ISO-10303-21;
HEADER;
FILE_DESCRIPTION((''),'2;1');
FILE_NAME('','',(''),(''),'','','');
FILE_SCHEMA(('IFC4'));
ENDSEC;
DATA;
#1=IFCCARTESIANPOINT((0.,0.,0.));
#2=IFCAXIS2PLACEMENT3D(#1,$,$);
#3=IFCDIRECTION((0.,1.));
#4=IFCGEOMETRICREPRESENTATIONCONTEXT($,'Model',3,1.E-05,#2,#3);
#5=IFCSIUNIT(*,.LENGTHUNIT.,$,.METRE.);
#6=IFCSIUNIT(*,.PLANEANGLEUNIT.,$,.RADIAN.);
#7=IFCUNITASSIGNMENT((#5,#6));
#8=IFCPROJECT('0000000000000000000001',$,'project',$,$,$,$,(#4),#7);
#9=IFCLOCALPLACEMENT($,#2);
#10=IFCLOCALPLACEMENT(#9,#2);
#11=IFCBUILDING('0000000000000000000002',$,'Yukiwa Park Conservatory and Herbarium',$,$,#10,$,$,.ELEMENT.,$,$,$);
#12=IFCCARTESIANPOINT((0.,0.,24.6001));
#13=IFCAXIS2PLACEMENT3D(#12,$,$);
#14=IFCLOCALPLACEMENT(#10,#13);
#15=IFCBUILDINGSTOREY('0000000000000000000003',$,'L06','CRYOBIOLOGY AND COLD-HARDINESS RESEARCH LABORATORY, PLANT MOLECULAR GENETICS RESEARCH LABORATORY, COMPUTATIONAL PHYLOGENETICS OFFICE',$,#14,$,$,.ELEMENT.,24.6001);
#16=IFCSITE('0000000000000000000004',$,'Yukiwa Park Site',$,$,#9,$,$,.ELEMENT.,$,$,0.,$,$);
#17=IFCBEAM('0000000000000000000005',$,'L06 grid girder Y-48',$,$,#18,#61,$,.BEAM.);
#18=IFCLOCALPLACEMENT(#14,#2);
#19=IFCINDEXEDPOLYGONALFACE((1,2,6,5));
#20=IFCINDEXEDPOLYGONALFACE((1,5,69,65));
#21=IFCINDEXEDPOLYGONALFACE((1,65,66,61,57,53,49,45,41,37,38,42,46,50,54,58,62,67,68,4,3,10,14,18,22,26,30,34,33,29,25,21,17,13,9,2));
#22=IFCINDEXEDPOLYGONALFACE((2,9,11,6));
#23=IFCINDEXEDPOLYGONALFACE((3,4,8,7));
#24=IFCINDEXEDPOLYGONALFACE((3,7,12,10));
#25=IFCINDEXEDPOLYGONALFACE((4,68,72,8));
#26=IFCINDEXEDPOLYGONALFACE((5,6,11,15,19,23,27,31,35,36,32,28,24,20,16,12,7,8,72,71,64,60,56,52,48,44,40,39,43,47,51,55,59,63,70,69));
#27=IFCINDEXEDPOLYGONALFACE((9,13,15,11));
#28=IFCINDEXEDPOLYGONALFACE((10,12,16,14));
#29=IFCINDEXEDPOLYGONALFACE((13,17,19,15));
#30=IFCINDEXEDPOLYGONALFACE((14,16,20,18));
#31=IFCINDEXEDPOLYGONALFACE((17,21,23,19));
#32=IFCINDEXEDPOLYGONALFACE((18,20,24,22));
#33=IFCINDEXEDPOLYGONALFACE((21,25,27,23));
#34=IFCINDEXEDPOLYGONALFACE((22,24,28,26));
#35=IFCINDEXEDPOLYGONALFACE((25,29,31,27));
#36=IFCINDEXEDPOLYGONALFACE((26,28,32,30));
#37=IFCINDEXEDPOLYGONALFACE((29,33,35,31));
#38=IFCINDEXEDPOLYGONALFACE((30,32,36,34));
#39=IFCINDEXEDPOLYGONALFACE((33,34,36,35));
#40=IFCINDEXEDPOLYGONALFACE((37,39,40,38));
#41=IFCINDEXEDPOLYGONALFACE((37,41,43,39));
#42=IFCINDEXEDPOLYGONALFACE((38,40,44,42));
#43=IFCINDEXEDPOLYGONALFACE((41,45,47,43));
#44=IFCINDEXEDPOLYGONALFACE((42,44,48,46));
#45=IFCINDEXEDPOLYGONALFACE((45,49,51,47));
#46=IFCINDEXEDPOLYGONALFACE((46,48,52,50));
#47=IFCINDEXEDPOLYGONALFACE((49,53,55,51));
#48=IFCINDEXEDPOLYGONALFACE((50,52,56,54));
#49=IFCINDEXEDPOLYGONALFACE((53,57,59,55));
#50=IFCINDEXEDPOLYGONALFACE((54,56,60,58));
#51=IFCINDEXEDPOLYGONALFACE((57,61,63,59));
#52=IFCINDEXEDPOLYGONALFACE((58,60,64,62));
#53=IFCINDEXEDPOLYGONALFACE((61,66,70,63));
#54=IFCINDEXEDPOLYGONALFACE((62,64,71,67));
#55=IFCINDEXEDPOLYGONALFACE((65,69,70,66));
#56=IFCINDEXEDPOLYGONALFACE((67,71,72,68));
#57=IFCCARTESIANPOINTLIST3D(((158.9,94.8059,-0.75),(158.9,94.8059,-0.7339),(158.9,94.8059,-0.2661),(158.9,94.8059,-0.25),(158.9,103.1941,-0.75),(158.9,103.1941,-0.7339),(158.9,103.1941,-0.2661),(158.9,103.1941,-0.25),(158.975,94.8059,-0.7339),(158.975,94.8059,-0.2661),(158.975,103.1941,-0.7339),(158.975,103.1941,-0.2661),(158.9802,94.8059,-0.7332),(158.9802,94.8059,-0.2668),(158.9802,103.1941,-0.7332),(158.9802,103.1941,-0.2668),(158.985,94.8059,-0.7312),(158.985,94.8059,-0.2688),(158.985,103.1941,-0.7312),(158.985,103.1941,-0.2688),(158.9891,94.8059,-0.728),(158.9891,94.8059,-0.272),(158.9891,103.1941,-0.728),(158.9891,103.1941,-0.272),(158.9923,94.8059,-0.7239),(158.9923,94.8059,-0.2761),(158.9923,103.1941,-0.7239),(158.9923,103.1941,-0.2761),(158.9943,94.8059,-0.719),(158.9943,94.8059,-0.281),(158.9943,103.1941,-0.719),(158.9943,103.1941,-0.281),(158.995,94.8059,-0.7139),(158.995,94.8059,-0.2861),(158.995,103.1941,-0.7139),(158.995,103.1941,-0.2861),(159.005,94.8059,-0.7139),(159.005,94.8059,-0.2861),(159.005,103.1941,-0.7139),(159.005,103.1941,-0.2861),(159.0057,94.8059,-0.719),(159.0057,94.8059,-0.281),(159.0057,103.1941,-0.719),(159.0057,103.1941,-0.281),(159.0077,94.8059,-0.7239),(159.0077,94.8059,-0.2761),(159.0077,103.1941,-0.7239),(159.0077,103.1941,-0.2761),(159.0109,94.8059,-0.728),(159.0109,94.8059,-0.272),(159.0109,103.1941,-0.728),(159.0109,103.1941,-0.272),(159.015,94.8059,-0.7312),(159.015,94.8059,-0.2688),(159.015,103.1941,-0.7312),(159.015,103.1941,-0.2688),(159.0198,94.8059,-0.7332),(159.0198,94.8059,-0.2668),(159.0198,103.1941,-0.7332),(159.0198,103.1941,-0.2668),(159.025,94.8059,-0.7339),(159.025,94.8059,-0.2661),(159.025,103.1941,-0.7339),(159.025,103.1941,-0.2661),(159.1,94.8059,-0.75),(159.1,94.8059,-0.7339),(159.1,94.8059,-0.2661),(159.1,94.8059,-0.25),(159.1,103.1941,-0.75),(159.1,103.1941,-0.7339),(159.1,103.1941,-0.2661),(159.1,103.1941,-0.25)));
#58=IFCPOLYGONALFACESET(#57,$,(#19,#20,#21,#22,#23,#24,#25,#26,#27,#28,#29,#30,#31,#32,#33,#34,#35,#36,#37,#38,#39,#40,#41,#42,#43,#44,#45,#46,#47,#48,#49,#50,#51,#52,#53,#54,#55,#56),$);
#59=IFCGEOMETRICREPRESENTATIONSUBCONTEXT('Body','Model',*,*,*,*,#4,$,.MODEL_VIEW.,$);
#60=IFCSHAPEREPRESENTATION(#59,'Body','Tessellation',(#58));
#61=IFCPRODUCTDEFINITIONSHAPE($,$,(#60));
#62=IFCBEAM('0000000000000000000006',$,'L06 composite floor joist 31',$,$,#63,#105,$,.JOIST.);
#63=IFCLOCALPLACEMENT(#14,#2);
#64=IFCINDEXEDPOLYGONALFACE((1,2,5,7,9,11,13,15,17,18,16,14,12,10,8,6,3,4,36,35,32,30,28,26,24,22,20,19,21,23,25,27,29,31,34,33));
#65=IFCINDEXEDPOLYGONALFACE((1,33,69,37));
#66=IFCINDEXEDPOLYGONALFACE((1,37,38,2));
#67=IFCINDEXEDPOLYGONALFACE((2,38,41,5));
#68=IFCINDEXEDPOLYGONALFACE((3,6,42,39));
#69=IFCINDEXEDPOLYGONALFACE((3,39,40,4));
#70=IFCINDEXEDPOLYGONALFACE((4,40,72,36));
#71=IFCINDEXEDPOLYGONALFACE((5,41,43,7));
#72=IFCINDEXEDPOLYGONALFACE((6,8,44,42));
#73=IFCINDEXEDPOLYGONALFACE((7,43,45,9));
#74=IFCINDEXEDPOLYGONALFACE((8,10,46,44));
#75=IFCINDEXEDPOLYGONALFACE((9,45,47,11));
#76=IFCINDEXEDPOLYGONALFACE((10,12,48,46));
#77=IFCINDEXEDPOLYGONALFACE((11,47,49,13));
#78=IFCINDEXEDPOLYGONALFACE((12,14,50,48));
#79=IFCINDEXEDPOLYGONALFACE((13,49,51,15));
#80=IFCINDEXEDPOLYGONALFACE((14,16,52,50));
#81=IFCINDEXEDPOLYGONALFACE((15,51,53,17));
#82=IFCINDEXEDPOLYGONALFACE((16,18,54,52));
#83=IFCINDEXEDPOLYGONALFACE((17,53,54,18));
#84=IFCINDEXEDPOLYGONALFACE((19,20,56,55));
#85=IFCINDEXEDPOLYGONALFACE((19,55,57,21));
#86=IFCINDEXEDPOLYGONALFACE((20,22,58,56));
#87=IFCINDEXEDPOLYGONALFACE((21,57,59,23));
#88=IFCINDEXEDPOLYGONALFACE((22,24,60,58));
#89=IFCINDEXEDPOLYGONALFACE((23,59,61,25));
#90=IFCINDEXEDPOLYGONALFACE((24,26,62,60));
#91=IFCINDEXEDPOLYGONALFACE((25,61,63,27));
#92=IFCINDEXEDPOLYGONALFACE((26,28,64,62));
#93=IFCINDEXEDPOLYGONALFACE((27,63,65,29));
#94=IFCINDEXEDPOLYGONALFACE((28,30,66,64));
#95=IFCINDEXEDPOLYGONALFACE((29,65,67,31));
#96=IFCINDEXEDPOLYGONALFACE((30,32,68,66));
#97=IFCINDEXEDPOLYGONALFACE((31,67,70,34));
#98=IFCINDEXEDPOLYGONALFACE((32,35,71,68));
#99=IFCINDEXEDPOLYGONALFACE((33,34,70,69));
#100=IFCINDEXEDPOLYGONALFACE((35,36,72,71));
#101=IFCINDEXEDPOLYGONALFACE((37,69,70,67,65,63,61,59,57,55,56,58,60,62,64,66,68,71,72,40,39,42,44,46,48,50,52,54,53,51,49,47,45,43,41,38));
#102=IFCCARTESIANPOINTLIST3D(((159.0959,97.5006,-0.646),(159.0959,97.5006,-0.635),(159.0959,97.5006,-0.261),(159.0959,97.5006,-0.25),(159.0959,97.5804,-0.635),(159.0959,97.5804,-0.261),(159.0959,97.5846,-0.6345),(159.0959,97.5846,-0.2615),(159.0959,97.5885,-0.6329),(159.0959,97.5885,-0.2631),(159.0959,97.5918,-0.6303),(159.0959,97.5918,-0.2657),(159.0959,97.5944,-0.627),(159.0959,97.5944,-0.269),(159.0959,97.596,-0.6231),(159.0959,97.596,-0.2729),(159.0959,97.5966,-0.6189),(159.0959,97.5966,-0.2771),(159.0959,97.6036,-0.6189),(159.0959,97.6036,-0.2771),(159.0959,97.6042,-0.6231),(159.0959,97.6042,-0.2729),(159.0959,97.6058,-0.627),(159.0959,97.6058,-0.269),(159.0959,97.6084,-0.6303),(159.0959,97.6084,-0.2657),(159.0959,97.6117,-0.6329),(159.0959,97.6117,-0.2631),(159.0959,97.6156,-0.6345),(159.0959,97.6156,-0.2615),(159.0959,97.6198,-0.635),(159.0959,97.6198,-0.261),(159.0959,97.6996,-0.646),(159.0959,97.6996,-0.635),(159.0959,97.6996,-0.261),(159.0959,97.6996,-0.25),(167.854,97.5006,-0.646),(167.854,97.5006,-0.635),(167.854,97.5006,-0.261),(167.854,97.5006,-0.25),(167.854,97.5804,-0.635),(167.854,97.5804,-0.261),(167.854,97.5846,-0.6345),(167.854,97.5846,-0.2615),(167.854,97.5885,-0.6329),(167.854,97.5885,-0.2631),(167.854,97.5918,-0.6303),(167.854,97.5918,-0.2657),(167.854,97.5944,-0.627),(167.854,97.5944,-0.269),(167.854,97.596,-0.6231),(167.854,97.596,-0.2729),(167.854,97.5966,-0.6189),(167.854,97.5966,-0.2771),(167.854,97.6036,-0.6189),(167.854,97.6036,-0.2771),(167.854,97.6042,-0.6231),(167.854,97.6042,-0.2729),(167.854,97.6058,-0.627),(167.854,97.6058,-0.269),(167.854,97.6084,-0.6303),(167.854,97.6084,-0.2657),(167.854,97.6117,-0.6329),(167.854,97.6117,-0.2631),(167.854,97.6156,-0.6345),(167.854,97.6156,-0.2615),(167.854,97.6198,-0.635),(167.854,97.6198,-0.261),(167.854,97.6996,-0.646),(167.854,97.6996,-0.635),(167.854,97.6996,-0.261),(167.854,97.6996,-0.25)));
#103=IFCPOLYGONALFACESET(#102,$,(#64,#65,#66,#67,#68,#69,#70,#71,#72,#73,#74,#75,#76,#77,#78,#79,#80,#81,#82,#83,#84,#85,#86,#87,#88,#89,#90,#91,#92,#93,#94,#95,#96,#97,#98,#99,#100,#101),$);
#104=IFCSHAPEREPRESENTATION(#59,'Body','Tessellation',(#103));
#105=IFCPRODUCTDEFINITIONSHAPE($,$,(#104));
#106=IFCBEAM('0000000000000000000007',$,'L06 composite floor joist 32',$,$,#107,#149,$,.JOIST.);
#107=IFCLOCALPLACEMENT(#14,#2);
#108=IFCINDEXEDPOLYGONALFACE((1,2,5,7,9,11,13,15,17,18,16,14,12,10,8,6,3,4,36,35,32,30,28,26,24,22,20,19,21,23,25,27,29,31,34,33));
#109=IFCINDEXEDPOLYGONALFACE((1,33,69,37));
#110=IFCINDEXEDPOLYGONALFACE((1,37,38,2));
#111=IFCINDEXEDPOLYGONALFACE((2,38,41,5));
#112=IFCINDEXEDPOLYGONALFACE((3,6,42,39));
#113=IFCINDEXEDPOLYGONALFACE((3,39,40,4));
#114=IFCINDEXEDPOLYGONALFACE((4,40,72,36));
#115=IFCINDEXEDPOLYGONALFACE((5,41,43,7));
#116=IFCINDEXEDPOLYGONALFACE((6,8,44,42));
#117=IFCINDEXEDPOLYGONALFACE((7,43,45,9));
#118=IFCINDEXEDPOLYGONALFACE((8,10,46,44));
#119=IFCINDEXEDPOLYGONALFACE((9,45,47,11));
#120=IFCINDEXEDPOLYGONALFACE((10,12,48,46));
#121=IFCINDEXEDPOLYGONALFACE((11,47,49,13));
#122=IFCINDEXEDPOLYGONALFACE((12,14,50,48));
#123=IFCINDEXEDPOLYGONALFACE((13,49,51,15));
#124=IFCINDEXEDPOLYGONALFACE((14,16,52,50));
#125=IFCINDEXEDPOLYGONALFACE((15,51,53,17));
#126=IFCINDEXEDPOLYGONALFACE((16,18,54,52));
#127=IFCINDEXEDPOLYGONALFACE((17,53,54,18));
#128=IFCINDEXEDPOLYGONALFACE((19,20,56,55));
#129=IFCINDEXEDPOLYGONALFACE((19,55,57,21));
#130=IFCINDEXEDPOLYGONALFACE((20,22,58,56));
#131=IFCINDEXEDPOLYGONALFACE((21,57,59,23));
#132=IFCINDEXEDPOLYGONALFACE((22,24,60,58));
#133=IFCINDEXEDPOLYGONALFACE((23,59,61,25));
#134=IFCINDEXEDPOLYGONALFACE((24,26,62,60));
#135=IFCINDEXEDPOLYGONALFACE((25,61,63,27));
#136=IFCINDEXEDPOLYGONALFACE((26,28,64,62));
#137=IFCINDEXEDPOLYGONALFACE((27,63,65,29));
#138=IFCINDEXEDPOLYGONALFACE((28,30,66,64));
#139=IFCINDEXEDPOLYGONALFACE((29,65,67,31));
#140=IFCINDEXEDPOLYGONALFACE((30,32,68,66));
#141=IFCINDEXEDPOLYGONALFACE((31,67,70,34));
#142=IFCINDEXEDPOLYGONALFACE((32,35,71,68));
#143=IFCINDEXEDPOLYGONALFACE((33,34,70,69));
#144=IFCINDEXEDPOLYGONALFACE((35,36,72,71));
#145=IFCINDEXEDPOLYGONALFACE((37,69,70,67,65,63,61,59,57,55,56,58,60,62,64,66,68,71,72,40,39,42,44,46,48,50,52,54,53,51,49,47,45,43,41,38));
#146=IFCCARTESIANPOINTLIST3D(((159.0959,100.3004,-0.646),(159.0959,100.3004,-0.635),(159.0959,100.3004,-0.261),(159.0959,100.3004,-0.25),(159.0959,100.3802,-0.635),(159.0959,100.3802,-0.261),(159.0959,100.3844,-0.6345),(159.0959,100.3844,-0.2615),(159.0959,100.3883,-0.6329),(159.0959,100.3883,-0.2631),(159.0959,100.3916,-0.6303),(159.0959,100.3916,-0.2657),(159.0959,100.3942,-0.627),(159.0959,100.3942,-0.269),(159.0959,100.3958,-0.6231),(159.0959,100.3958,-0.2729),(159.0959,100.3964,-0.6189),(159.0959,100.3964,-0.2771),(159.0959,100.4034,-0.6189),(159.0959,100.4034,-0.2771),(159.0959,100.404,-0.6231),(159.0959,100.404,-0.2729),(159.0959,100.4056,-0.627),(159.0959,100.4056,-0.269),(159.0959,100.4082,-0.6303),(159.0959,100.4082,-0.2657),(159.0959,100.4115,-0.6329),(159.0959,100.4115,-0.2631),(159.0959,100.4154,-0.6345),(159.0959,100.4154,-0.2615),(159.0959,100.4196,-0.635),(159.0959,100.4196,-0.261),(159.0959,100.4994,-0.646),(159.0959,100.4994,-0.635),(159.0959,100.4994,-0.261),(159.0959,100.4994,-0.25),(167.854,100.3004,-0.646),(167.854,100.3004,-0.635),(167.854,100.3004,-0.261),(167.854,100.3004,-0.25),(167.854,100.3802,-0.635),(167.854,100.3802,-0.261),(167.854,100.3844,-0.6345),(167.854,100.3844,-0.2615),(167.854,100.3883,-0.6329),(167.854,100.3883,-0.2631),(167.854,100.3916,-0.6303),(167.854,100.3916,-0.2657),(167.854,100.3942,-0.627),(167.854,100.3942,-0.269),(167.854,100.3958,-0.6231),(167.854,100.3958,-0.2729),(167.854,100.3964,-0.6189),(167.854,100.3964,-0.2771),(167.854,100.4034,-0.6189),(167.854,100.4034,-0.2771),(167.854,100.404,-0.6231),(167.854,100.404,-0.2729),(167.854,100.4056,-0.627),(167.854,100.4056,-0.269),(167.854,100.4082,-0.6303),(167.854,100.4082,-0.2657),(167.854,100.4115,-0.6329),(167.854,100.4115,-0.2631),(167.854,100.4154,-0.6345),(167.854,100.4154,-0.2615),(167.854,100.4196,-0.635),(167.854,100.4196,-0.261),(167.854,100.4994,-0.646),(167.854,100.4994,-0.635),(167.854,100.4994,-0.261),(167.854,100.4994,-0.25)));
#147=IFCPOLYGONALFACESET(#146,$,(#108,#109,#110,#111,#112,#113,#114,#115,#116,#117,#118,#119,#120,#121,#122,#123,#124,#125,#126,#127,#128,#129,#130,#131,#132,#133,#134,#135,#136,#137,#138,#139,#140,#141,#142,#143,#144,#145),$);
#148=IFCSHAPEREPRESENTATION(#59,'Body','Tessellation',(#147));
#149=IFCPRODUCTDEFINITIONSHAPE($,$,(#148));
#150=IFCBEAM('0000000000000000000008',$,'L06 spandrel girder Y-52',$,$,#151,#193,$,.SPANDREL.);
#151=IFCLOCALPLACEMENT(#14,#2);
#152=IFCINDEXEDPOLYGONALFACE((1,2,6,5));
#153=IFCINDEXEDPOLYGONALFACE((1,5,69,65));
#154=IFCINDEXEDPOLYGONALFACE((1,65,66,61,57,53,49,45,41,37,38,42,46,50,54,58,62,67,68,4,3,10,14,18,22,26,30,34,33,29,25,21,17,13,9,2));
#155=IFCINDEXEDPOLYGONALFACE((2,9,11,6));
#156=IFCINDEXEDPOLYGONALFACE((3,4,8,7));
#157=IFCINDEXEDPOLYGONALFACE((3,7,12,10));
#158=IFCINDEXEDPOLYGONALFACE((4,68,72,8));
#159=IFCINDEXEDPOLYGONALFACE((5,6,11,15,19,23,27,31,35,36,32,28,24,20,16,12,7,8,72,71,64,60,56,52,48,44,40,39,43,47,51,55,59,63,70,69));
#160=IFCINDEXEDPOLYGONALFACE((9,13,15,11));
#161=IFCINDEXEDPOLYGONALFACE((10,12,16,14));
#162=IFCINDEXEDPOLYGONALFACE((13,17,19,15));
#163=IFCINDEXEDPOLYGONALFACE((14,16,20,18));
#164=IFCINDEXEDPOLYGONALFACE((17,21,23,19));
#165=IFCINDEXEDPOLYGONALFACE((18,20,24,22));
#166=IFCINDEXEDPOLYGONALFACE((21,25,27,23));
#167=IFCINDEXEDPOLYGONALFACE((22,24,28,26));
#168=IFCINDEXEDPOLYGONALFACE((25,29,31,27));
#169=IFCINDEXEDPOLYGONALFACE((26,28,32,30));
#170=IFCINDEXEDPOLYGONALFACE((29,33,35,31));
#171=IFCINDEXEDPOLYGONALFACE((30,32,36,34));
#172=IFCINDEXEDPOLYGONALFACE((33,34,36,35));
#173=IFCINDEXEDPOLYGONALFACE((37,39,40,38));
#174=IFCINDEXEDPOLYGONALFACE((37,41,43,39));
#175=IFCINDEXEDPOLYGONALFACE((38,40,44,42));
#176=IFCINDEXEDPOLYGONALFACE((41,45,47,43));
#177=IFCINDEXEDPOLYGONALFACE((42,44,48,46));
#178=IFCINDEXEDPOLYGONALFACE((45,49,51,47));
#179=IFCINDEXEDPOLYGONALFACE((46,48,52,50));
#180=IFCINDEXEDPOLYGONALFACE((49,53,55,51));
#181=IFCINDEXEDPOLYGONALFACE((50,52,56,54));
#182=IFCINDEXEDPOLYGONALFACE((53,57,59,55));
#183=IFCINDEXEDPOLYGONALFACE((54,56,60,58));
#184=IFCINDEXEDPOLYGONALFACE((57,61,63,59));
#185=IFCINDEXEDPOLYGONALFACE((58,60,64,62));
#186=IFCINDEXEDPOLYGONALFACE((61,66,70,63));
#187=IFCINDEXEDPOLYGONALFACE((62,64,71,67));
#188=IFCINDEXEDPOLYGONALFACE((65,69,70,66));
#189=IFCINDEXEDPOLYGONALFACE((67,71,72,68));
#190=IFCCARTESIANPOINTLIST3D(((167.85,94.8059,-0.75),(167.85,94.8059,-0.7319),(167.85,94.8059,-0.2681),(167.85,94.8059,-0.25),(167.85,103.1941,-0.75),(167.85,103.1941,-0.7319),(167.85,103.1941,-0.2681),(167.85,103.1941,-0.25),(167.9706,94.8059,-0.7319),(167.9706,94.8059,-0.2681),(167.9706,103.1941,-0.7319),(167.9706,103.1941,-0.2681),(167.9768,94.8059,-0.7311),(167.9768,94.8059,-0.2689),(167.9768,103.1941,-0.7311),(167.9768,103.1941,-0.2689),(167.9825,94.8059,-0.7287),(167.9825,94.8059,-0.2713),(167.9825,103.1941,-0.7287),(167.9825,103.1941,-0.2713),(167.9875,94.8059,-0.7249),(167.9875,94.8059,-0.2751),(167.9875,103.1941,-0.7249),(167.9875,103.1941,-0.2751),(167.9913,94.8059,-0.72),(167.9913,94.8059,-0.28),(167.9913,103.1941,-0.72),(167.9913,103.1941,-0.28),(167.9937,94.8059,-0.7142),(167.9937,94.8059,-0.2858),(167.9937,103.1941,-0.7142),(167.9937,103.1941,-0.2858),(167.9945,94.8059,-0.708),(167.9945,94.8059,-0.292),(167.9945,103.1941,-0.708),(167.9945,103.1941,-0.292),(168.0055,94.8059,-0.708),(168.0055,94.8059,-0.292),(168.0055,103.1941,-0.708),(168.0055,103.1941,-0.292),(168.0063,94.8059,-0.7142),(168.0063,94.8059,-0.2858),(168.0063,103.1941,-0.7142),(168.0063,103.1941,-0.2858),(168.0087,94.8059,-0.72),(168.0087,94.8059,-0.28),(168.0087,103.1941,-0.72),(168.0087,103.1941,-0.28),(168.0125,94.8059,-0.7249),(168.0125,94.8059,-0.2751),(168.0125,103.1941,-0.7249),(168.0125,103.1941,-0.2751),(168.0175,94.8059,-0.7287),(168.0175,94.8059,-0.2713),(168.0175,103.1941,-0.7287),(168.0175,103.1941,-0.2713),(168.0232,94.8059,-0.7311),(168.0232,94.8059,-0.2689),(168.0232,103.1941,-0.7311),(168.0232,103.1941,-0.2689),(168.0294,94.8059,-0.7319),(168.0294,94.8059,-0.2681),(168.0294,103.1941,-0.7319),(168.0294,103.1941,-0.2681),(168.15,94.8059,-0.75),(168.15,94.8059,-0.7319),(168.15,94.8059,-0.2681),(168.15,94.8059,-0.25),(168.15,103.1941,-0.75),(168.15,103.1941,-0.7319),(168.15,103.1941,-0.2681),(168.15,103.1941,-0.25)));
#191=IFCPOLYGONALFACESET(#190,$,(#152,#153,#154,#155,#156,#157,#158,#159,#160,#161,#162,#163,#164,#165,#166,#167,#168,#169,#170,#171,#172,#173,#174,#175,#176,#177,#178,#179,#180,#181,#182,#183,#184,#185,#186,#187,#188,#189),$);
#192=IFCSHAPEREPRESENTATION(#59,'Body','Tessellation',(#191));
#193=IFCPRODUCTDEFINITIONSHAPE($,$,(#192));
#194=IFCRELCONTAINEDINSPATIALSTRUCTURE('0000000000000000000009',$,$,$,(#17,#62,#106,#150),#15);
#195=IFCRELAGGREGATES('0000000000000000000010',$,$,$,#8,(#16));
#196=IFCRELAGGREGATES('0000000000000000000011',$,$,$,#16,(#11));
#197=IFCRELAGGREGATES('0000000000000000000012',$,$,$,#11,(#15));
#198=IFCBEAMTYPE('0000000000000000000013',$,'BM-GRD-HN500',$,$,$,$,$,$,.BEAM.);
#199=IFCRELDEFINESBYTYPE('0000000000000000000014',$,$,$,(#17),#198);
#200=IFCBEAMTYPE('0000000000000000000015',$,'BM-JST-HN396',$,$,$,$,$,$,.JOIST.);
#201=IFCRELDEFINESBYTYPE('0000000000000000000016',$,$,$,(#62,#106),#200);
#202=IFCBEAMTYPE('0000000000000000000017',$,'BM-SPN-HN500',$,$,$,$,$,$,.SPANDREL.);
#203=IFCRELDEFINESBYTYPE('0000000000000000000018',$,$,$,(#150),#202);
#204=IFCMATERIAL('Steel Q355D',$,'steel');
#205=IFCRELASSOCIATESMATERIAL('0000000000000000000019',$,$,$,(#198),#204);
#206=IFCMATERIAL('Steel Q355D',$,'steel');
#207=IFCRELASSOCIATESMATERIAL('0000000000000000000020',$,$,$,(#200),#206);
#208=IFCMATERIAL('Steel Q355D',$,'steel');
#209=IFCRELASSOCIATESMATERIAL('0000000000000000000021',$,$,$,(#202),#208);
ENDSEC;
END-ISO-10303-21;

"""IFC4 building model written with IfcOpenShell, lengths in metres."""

from ifc_helpers import new_model, si_unit, direction, frame, origin, origin_2d, place, context, subcontext, project, spatial, i_section, extrude, material, material_profile, profile_set, type_object, element, save


model = new_model("IFC4")

# Units and contexts
model_context = context("Model", 3, precision=1e-05, world=origin(), true_north=direction((0.0, 1.0)))
body_context = subcontext(model_context, "Body", "Model", "MODEL_VIEW")
ifc_project = project(units=[si_unit("LENGTHUNIT", "METRE"), si_unit("PLANEANGLEUNIT", "RADIAN")], contexts=[model_context])

# Site, building, storey
site_placement = place(None, origin())
site = spatial("IfcSite", under=ifc_project, at=site_placement, Name="Yukiwa Park Site", CompositionType="ELEMENT", RefElevation=0.0)
building_placement = place(site_placement, origin())
building = spatial("IfcBuilding", under=site, at=building_placement, Name="Yukiwa Park Conservatory and Herbarium", CompositionType="ELEMENT")
storey_placement = place(building_placement, frame((0.0, 0.0, 24.6001)))
storey = spatial("IfcBuildingStorey", under=building, at=storey_placement, Name="L06", Description="CRYOBIOLOGY AND COLD-HARDINESS RESEARCH LABORATORY, PLANT MOLECULAR GENETICS RESEARCH LABORATORY, COMPUTATIONAL PHYLOGENETICS OFFICE", CompositionType="ELEMENT", Elevation=24.6001)

# Beams
ifc_material_1 = material(Name="Steel Q355D", Category="steel")
ifc_material_profile_1 = material_profile(ifc_material_1, i_section(OverallWidth=0.2, OverallDepth=0.5, WebThickness=0.01, FlangeThickness=0.0161, FilletRadius=0.02, at=origin_2d()), Name="HN 500x200x10x16")
ifc_profile_set_1 = profile_set([ifc_material_profile_1], Name="Steel Q355D")
beam_type_1 = type_object("IfcBeamType", Name="BM-GRD-HN500", PredefinedType="BEAM", material=ifc_profile_set_1)
beam_1_placement = place(storey_placement, frame((159.0, 94.8059, -0.5), z_axis=(0.0, 1.0, 0.0), x_axis=(-1.0, 0.0, 0.0)))
element("IfcBeam", 1, at=beam_1_placement, inside=storey, type_object=beam_type_1, Name="L06 grid girder Y-48", PredefinedType="BEAM", context=body_context, shape_type="SweptSolid", body=[
    extrude(i_section(OverallWidth=0.2, OverallDepth=0.5, WebThickness=0.01, FlangeThickness=0.0161, FilletRadius=0.02, at=origin_2d()), origin(), (0.0, 0.0, 1.0), 8.3882),
])
ifc_material_2 = material(Name="Steel Q355D", Category="steel")
ifc_material_profile_2 = material_profile(ifc_material_2, i_section(OverallWidth=0.199, OverallDepth=0.396, WebThickness=0.0071, FlangeThickness=0.011, FilletRadius=0.0161, at=origin_2d()), Name="HN 396x199x7x11")
ifc_profile_set_2 = profile_set([ifc_material_profile_2], Name="Steel Q355D")
beam_type_2 = type_object("IfcBeamType", Name="BM-JST-HN396", PredefinedType="JOIST", material=ifc_profile_set_2)
for number, where, z_axis, x_axis, name in (
    (2, (159.0959, 97.6001, -0.448), (1.0, 0.0, 0.0), (0.0, 1.0, 0.0), "L06 composite floor joist 31"),
    (3, (159.0959, 100.3999, -0.448), (1.0, 0.0, 0.0), (0.0, 1.0, 0.0), "L06 composite floor joist 32"),
):
    element("IfcBeam", number, at=place(storey_placement, frame(where, z_axis=z_axis, x_axis=x_axis)), inside=storey, type_object=beam_type_2, Name=name, PredefinedType="JOIST", context=body_context, shape_type="SweptSolid", body=[
        extrude(i_section(OverallWidth=0.199, OverallDepth=0.396, WebThickness=0.0071, FlangeThickness=0.011, FilletRadius=0.0161, at=origin_2d()), origin(), (0.0, 0.0, 1.0), 8.7581),
    ])
ifc_material_3 = material(Name="Steel Q355D", Category="steel")
ifc_material_profile_3 = material_profile(ifc_material_3, i_section(OverallWidth=0.3, OverallDepth=0.5, WebThickness=0.011, FlangeThickness=0.0181, FilletRadius=0.0239, at=origin_2d()), Name="HM 500x300x11x18")
ifc_profile_set_3 = profile_set([ifc_material_profile_3], Name="Steel Q355D")
beam_type_3 = type_object("IfcBeamType", Name="BM-SPN-HN500", PredefinedType="SPANDREL", material=ifc_profile_set_3)
beam_2_placement = place(storey_placement, frame((168.0, 94.8059, -0.5), z_axis=(0.0, 1.0, 0.0), x_axis=(-1.0, 0.0, 0.0)))
element("IfcBeam", 4, at=beam_2_placement, inside=storey, type_object=beam_type_3, Name="L06 spandrel girder Y-52", PredefinedType="SPANDREL", context=body_context, shape_type="SweptSolid", body=[
    extrude(i_section(OverallWidth=0.3, OverallDepth=0.5, WebThickness=0.011, FlangeThickness=0.0181, FilletRadius=0.0239, at=origin_2d()), origin(), (0.0, 0.0, 1.0), 8.3882),
])

save(model, "model.ifc")
